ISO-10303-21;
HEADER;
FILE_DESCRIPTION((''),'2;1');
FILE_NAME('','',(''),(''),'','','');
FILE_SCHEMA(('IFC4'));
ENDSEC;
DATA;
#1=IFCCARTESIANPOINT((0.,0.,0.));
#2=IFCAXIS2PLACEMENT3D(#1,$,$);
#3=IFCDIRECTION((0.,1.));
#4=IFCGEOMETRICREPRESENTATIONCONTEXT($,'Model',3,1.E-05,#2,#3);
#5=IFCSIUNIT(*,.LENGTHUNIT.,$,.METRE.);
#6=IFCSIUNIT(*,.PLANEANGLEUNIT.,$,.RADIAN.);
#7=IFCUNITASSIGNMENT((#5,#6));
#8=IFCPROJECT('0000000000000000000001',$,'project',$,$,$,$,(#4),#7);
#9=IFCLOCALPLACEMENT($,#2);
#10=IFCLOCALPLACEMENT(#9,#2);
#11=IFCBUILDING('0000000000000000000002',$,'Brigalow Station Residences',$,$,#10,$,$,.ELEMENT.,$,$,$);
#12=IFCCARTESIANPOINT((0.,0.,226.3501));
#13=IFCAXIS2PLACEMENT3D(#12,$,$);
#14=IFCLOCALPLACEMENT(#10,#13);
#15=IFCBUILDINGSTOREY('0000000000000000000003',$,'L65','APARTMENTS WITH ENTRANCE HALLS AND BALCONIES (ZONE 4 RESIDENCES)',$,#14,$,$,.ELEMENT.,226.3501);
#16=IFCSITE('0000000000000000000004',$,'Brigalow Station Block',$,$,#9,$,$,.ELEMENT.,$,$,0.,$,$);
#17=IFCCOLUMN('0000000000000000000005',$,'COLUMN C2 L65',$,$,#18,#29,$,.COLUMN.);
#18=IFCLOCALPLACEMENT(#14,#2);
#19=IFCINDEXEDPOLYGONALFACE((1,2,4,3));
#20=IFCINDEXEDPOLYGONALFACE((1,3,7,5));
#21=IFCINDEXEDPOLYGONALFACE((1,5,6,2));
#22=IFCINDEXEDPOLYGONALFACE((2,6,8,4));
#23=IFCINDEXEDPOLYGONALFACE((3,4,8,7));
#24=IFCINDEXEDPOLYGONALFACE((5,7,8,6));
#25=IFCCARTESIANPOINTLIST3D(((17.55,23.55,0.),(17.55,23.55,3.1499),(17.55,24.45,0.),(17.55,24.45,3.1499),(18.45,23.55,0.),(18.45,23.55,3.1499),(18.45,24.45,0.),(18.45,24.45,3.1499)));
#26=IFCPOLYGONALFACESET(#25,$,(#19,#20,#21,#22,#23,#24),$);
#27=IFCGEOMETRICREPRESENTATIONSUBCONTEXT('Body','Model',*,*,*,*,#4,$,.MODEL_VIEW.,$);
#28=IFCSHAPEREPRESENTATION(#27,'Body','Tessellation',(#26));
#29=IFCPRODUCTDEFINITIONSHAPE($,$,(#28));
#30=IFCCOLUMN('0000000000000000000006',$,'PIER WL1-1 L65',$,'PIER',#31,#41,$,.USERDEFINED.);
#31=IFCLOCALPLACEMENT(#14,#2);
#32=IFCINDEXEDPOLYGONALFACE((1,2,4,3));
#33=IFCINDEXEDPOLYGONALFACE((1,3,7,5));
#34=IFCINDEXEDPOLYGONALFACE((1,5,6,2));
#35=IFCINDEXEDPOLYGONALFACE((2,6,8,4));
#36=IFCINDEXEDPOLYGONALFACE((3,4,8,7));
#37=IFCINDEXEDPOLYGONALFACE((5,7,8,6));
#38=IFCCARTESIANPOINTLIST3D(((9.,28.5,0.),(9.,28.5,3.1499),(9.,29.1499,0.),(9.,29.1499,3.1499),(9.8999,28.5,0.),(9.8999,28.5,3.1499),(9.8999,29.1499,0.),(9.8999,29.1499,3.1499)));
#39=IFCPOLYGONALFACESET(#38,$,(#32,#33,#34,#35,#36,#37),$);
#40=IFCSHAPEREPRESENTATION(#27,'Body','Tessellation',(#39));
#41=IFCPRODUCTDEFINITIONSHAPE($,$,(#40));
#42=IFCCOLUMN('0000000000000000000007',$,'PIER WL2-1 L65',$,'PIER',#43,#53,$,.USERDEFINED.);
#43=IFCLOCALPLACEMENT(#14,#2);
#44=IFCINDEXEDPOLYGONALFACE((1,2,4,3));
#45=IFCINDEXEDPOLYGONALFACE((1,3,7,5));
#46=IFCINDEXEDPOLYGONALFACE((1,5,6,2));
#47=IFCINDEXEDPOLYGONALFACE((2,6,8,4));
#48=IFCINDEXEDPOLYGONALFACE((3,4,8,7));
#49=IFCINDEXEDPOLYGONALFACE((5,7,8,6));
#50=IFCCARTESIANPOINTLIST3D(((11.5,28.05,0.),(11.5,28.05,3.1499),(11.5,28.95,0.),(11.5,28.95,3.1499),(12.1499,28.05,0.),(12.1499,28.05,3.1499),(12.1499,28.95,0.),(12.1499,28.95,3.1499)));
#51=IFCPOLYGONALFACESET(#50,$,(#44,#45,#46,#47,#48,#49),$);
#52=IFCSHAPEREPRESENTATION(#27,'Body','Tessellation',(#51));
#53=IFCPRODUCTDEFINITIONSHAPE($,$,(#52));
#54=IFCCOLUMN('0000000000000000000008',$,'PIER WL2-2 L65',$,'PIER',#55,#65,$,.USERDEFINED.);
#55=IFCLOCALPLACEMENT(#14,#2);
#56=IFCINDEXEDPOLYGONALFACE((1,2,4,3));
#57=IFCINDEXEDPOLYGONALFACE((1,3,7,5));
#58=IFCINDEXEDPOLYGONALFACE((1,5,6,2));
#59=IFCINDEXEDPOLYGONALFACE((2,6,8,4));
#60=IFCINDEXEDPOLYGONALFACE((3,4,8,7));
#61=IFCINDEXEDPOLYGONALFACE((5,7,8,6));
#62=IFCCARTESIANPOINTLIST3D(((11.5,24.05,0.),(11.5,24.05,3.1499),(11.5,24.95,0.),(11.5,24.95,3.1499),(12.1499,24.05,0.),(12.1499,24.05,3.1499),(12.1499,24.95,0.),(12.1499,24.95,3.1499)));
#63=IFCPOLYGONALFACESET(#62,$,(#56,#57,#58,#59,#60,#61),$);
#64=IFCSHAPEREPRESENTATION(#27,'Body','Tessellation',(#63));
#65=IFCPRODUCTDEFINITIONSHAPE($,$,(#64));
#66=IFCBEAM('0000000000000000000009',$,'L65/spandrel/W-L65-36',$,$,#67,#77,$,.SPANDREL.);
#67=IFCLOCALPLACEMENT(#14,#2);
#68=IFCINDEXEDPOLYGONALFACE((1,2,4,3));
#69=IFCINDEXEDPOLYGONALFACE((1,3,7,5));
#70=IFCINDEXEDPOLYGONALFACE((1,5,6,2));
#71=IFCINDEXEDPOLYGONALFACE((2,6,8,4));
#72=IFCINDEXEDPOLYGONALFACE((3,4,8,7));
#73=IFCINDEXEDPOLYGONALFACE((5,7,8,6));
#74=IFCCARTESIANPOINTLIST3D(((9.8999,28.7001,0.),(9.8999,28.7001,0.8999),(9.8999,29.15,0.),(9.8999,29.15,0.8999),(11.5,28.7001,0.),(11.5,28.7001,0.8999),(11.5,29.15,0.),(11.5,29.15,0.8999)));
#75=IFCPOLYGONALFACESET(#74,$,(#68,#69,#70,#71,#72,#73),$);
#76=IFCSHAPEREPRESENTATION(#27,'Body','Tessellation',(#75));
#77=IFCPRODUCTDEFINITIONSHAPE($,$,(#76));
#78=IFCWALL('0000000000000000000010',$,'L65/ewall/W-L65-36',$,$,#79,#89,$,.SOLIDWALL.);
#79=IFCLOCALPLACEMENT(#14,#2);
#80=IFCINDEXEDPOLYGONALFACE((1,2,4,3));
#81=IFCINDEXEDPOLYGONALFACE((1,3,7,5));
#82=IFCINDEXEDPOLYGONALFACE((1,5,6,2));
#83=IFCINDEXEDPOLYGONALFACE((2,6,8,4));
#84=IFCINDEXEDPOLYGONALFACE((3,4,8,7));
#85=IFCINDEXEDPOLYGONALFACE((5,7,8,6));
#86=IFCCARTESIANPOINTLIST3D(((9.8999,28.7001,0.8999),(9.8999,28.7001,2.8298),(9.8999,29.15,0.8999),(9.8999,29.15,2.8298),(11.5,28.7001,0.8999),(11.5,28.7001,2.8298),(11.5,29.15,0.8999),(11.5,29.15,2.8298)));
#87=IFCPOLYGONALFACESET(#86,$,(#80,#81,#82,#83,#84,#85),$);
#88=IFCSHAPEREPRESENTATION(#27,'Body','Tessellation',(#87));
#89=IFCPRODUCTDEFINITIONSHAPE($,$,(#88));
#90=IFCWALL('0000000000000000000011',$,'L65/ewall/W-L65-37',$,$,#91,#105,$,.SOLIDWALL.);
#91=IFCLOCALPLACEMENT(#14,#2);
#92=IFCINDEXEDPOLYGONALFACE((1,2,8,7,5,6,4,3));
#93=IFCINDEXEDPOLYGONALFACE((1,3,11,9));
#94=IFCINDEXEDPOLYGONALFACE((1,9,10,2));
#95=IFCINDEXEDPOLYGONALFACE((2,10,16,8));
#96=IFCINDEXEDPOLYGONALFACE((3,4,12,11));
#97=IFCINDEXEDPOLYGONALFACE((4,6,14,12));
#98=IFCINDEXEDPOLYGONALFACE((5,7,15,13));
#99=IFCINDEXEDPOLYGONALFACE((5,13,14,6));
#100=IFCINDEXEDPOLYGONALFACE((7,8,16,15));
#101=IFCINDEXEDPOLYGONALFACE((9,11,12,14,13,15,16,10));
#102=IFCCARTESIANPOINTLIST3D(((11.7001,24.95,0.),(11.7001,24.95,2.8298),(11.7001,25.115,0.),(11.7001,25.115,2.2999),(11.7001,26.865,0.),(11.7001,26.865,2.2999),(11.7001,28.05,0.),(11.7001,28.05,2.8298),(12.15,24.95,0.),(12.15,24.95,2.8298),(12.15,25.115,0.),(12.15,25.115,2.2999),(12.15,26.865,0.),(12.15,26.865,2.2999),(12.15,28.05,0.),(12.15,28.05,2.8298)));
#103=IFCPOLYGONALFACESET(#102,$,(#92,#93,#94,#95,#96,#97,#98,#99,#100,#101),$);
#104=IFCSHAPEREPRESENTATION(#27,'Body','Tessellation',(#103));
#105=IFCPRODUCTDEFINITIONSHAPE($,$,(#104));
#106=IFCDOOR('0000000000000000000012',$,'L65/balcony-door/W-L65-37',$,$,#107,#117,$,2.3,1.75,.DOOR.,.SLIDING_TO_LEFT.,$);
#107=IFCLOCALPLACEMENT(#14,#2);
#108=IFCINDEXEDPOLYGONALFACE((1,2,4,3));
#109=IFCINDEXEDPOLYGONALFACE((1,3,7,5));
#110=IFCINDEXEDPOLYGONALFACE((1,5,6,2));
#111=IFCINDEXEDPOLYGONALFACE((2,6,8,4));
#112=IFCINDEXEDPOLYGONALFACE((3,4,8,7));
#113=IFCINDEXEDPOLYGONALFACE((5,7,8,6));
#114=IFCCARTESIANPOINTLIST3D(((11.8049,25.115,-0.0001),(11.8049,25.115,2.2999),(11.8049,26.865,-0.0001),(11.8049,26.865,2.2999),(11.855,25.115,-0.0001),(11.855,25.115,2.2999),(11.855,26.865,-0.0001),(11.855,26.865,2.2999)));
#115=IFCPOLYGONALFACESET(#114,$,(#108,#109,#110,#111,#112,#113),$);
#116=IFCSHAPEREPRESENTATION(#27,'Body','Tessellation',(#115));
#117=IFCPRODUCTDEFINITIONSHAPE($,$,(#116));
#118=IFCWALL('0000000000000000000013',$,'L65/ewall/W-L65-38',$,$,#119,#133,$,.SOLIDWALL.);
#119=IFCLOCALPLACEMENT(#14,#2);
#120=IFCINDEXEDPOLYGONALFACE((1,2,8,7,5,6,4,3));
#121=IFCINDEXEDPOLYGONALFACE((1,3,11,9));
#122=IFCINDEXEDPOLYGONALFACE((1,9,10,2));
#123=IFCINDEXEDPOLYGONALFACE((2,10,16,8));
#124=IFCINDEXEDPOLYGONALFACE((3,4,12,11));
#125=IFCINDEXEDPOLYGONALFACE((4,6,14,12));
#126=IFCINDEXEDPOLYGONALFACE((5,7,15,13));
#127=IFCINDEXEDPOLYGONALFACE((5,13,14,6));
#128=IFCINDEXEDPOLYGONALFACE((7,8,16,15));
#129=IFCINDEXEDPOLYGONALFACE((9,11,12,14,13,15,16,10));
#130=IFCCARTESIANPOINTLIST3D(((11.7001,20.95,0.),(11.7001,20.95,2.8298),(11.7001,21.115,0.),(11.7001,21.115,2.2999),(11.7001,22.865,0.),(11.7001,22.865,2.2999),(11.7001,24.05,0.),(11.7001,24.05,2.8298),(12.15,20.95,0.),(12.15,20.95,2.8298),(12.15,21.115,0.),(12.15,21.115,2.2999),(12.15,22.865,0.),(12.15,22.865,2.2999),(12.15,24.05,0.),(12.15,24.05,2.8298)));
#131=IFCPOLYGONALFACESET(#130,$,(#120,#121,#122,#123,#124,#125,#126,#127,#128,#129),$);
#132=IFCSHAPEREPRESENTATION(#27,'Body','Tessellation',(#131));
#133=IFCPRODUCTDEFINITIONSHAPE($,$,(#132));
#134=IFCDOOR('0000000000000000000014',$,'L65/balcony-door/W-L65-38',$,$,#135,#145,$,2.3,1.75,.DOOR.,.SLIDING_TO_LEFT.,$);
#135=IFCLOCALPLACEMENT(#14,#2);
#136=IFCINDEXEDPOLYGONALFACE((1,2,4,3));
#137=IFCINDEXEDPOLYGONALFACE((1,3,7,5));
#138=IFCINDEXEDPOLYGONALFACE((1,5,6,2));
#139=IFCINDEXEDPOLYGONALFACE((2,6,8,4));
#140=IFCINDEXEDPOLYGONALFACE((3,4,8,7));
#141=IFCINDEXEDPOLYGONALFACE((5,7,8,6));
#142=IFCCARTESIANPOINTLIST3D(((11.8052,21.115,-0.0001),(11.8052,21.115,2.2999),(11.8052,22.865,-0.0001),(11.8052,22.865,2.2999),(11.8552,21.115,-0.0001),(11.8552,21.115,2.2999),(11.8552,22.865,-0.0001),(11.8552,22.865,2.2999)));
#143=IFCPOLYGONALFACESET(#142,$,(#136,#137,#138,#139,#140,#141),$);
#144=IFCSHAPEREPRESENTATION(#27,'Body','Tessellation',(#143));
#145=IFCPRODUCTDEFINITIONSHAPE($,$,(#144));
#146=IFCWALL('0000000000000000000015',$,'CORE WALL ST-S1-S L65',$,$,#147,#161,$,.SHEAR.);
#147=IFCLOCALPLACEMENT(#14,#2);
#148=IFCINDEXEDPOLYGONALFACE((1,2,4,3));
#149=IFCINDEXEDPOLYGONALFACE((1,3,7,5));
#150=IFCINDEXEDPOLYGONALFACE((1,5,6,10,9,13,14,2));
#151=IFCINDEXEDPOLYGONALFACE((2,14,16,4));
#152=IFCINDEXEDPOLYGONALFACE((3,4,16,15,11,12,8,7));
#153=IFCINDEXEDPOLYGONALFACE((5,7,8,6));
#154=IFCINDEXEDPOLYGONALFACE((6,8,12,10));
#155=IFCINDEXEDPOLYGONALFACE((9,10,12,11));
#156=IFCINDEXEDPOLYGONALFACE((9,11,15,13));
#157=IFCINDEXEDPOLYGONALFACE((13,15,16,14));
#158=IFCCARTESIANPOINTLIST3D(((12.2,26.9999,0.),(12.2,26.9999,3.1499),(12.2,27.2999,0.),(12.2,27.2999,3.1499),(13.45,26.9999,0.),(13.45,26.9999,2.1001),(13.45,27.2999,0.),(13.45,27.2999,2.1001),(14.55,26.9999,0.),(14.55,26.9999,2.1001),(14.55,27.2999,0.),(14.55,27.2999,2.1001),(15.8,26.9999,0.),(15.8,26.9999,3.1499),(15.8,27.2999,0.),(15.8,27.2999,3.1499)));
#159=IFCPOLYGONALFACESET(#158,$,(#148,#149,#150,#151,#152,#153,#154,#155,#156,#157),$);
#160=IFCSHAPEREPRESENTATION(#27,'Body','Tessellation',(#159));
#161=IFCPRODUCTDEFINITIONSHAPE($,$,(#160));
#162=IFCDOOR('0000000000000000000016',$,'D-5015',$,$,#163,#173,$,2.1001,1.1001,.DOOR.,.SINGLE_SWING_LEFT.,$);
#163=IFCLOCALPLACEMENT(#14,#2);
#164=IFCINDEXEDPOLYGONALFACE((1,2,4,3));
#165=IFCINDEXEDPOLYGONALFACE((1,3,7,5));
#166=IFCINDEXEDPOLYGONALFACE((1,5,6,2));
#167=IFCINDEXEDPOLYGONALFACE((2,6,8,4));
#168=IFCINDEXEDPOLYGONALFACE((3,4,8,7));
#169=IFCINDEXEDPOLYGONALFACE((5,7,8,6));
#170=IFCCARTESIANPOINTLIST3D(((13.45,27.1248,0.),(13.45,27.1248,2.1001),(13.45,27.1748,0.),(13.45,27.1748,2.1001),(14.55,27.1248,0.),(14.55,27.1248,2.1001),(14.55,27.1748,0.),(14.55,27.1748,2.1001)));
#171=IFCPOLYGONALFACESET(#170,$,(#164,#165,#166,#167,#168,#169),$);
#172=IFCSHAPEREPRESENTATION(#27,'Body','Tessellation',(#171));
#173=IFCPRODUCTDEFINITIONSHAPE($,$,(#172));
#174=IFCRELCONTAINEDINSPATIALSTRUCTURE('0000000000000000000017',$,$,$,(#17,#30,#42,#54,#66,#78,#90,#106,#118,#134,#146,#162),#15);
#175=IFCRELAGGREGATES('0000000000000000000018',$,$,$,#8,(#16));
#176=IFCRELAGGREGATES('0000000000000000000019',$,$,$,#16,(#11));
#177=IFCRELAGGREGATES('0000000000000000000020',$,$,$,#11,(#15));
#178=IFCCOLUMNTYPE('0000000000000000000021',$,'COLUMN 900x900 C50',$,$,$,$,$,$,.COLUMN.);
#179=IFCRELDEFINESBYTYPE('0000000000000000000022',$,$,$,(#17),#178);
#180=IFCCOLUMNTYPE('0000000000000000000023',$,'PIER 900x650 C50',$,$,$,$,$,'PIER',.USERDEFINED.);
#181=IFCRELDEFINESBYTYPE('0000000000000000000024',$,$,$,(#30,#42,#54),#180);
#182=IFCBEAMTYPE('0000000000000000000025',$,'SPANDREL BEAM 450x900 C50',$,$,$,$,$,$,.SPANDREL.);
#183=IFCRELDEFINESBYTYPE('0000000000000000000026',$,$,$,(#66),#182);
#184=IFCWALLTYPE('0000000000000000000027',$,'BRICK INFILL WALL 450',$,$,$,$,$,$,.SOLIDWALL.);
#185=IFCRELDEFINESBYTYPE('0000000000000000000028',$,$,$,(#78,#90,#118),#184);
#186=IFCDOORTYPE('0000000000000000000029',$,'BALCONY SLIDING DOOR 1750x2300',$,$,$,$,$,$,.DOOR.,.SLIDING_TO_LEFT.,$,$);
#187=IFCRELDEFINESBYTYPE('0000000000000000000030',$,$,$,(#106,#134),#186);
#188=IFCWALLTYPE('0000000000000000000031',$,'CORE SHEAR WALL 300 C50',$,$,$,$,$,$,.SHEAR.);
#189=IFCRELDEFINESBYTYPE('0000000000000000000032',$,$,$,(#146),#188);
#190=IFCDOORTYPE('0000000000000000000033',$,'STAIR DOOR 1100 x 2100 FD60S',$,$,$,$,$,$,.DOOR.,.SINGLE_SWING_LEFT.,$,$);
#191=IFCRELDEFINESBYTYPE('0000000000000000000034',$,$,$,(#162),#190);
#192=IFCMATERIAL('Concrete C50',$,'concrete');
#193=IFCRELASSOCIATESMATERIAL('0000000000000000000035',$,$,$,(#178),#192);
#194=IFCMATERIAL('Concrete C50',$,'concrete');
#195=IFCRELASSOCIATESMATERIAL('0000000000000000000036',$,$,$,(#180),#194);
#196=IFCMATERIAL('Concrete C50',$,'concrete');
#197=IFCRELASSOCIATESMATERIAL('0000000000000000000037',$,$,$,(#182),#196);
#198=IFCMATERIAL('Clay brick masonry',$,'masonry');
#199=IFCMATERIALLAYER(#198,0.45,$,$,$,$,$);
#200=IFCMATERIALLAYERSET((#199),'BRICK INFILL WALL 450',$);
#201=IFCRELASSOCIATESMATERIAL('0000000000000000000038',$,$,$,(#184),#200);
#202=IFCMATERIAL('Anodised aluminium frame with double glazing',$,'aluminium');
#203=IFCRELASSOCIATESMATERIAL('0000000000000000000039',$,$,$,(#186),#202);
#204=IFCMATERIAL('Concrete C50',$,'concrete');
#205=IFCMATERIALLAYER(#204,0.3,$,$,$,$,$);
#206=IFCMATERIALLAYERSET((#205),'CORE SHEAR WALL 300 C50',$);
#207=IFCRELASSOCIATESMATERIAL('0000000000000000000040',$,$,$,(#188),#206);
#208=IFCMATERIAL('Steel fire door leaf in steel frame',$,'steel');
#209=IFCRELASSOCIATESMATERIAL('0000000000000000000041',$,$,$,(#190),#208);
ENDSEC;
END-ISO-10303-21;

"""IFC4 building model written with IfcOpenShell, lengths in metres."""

from ifc_helpers import new_model, si_unit, direction, frame, frame_2d, origin, origin_2d, place, context, subcontext, project, spatial, rectangle, extrude, material, layer, layer_set, material_profile, profile_set, type_object, element, fill, save


model = new_model("IFC4")

# Units and contexts
model_context = context("Model", 3, precision=1e-05, world=origin(), true_north=direction((0.0, 1.0)))
body_context = subcontext(model_context, "Body", "Model", "MODEL_VIEW")
ifc_project = project(units=[si_unit("LENGTHUNIT", "METRE"), si_unit("PLANEANGLEUNIT", "RADIAN")], contexts=[model_context])

# Site, building, storey
site_placement = place(None, origin())
site = spatial("IfcSite", under=ifc_project, at=site_placement, Name="Brigalow Station Block", CompositionType="ELEMENT", RefElevation=0.0)
building_placement = place(site_placement, origin())
building = spatial("IfcBuilding", under=site, at=building_placement, Name="Brigalow Station Residences", CompositionType="ELEMENT")
storey_placement = place(building_placement, frame((0.0, 0.0, 226.3501)))
storey = spatial("IfcBuildingStorey", under=building, at=storey_placement, Name="L65", Description="APARTMENTS WITH ENTRANCE HALLS AND BALCONIES (ZONE 4 RESIDENCES)", CompositionType="ELEMENT", Elevation=226.3501)

# Columns
ifc_material_1 = material(Name="Concrete C50", Category="concrete")
ifc_material_profile_1 = material_profile(ifc_material_1, rectangle(XDim=0.8999, YDim=0.8999, at=origin_2d()), Name="RC900x900")
ifc_profile_set_1 = profile_set([ifc_material_profile_1], Name="Concrete C50")
column_type_1 = type_object("IfcColumnType", Name="COLUMN 900x900 C50", PredefinedType="COLUMN", material=ifc_profile_set_1)
column_placement = place(storey_placement, frame((18.0, 24.0, 0.0), z_axis=(0.0, 0.0, 1.0), x_axis=(1.0, 0.0, 0.0)))
element("IfcColumn", 1, at=column_placement, inside=storey, type_object=column_type_1, Name="COLUMN C2 L65", PredefinedType="COLUMN", context=body_context, shape_type="SweptSolid", body=[
    extrude(rectangle(XDim=0.8999, YDim=0.8999, at=origin_2d()), origin(), (0.0, 0.0, 1.0), 3.1499),
])
ifc_material_2 = material(Name="Concrete C50", Category="concrete")
ifc_material_profile_2 = material_profile(ifc_material_2, rectangle(XDim=0.8999, YDim=0.6499, at=origin_2d()), Name="RC900x650")
ifc_profile_set_2 = profile_set([ifc_material_profile_2], Name="Concrete C50")
column_type_2 = type_object("IfcColumnType", Name="PIER 900x650 C50", ElementType="PIER", PredefinedType="USERDEFINED", material=ifc_profile_set_2)
for number, where, z_axis, x_axis, name in (
    (2, (9.45, 28.825, 0.0), (0.0, 0.0, 1.0), (1.0, 0.0, 0.0), "PIER WL1-1 L65"),
    (3, (11.825, 28.5, 0.0), (0.0, 0.0, 1.0), (0.0, -1.0, 0.0), "PIER WL2-1 L65"),
    (4, (11.825, 24.5, 0.0), (0.0, 0.0, 1.0), (0.0, -1.0, 0.0), "PIER WL2-2 L65"),
):
    element("IfcColumn", number, at=place(storey_placement, frame(where, z_axis=z_axis, x_axis=x_axis)), inside=storey, type_object=column_type_2, Name=name, ObjectType="PIER", PredefinedType="USERDEFINED", context=body_context, shape_type="SweptSolid", body=[
        extrude(rectangle(XDim=0.8999, YDim=0.6499, at=origin_2d()), origin(), (0.0, 0.0, 1.0), 3.1499),
    ])

# Beam
ifc_material_3 = material(Name="Concrete C50", Category="concrete")
ifc_material_profile_3 = material_profile(ifc_material_3, rectangle(XDim=0.45, YDim=0.8999, at=origin_2d()), Name="RC450x900")
ifc_profile_set_3 = profile_set([ifc_material_profile_3], Name="Concrete C50")
beam_type = type_object("IfcBeamType", Name="SPANDREL BEAM 450x900 C50", PredefinedType="SPANDREL", material=ifc_profile_set_3)
beam_placement = place(storey_placement, frame((9.8999, 28.925, 0.45), z_axis=(1.0, 0.0, 0.0), x_axis=(0.0, 1.0, 0.0)))
element("IfcBeam", 5, at=beam_placement, inside=storey, type_object=beam_type, Name="L65/spandrel/W-L65-36", PredefinedType="SPANDREL", context=body_context, shape_type="SweptSolid", body=[
    extrude(rectangle(XDim=0.45, YDim=0.8999, at=origin_2d()), origin(), (0.0, 0.0, 1.0), 1.6001),
])

# Wall
ifc_material_4 = material(Name="Clay brick masonry", Category="masonry")
ifc_layer_1 = layer(ifc_material_4, 0.45)
ifc_layer_set_1 = layer_set([ifc_layer_1], Name="BRICK INFILL WALL 450")
wall_type_1 = type_object("IfcWallType", Name="BRICK INFILL WALL 450", PredefinedType="SOLIDWALL", material=ifc_layer_set_1)
wall_1_placement = place(storey_placement, frame((9.8999, 28.925, 0.8999), z_axis=(0.0, 0.0, 1.0), x_axis=(1.0, 0.0, 0.0)))
element("IfcWall", 6, at=wall_1_placement, inside=storey, type_object=wall_type_1, Name="L65/ewall/W-L65-36", PredefinedType="SOLIDWALL", context=body_context, shape_type="SweptSolid", body=[
    extrude(rectangle(XDim=1.6001, YDim=0.45, at=frame_2d((0.8, 0.0))), origin(), (0.0, 0.0, 1.0), 1.9299),
])

# Walls, openings, doors
wall_2_placement = place(storey_placement, frame((11.925, 28.05, 0.0), z_axis=(0.0, 0.0, 1.0), x_axis=(0.0, -1.0, 0.0)))
wall_2 = element("IfcWall", 7, at=wall_2_placement, inside=storey, type_object=wall_type_1, Name="L65/ewall/W-L65-37", PredefinedType="SOLIDWALL", context=body_context, shape_type="SweptSolid", body=[
    extrude(rectangle(XDim=3.1001, YDim=0.45, at=frame_2d((1.55, 0.0))), origin(), (0.0, 0.0, 1.0), 2.8298),
])
opening_1_placement = place(wall_2_placement, frame((1.1851, 0.0, 0.0)))
opening_1 = element("IfcOpeningElement", 8, at=opening_1_placement, cuts=wall_2, PredefinedType="OPENING", context=body_context, shape_type="SweptSolid", body=[
    extrude(rectangle(XDim=1.75, YDim=2.3, at=frame_2d((0.875, 1.1499))), frame((0.0, 0.2349, 0.0), z_axis=(0.0, -1.0, 0.0), x_axis=(1.0, 0.0, 0.0)), (0.0, 0.0, 1.0), 0.47),
])
ifc_material_5 = material(Name="Anodised aluminium frame with double glazing", Category="aluminium")
door_type_1 = type_object("IfcDoorType", Name="BALCONY SLIDING DOOR 1750x2300", OperationType="SLIDING_TO_LEFT", PredefinedType="DOOR", material=ifc_material_5)
door_1_placement = place(opening_1_placement, frame((1.75, -0.1899, 0.0), z_axis=(0.0, 0.0, 1.0), x_axis=(-1.0, 0.0, 0.0)))
door_1 = element("IfcDoor", 9, at=door_1_placement, inside=storey, type_object=door_type_1, Name="L65/balcony-door/W-L65-37", OperationType="SLIDING_TO_LEFT", OverallHeight=2.3, OverallWidth=1.75, PredefinedType="DOOR", context=body_context, shape_type="SweptSolid", body=[
    extrude(rectangle(XDim=1.75, YDim=2.3, at=frame_2d((0.875, 1.1499))), frame((0.0, -0.0698, 0.0), z_axis=(0.0, -1.0, 0.0), x_axis=(1.0, 0.0, 0.0)), (0.0, 0.0, 1.0), 0.05),
])
fill(opening_1, door_1)
wall_3_placement = place(storey_placement, frame((11.925, 24.05, 0.0), z_axis=(0.0, 0.0, 1.0), x_axis=(0.0, -1.0, 0.0)))
wall_3 = element("IfcWall", 10, at=wall_3_placement, inside=storey, type_object=wall_type_1, Name="L65/ewall/W-L65-38", PredefinedType="SOLIDWALL", context=body_context, shape_type="SweptSolid", body=[
    extrude(rectangle(XDim=3.1001, YDim=0.45, at=frame_2d((1.55, 0.0))), origin(), (0.0, 0.0, 1.0), 2.8298),
])
opening_2_placement = place(wall_3_placement, frame((1.1851, 0.0, 0.0)))
opening_2 = element("IfcOpeningElement", 11, at=opening_2_placement, cuts=wall_3, PredefinedType="OPENING", context=body_context, shape_type="SweptSolid", body=[
    extrude(rectangle(XDim=1.75, YDim=2.3, at=frame_2d((0.875, 1.1499))), frame((0.0, 0.2349, 0.0), z_axis=(0.0, -1.0, 0.0), x_axis=(1.0, 0.0, 0.0)), (0.0, 0.0, 1.0), 0.47),
])
door_2_placement = place(opening_2_placement, origin())
door_2 = element("IfcDoor", 12, at=door_2_placement, inside=storey, type_object=door_type_1, Name="L65/balcony-door/W-L65-38", OperationType="SLIDING_TO_LEFT", OverallHeight=2.3, OverallWidth=1.75, PredefinedType="DOOR", context=body_context, shape_type="SweptSolid", body=[
    extrude(rectangle(XDim=1.75, YDim=2.3, at=frame_2d((0.875, 1.1499))), frame((0.0, -0.0698, 0.0), z_axis=(0.0, -1.0, 0.0), x_axis=(1.0, 0.0, 0.0)), (0.0, 0.0, 1.0), 0.05),
])
fill(opening_2, door_2)
ifc_material_6 = material(Name="Concrete C50", Category="concrete")
ifc_layer_2 = layer(ifc_material_6, 0.3)
ifc_layer_set_2 = layer_set([ifc_layer_2], Name="CORE SHEAR WALL 300 C50")
wall_type_2 = type_object("IfcWallType", Name="CORE SHEAR WALL 300 C50", PredefinedType="SHEAR", material=ifc_layer_set_2)
wall_4_placement = place(storey_placement, frame((12.2, 27.1499, 0.0), z_axis=(0.0, 0.0, 1.0), x_axis=(1.0, 0.0, 0.0)))
wall_4 = element("IfcWall", 13, at=wall_4_placement, inside=storey, type_object=wall_type_2, Name="CORE WALL ST-S1-S L65", PredefinedType="SHEAR", context=body_context, shape_type="SweptSolid", body=[
    extrude(rectangle(XDim=3.6001, YDim=0.3, at=frame_2d((1.8, 0.0))), origin(), (0.0, 0.0, 1.0), 3.1499),
])
opening_3_placement = place(wall_4_placement, frame((1.25, 0.0, 0.0)))
opening_3 = element("IfcOpeningElement", 14, at=opening_3_placement, cuts=wall_4, PredefinedType="OPENING", context=body_context, shape_type="SweptSolid", body=[
    extrude(rectangle(XDim=1.1001, YDim=2.1001, at=frame_2d((0.55, 1.05))), frame((0.0, 0.1602, 0.0), z_axis=(0.0, -1.0, 0.0), x_axis=(1.0, 0.0, 0.0)), (0.0, 0.0, 1.0), 0.3201),
])
ifc_material_7 = material(Name="Steel fire door leaf in steel frame", Category="steel")
door_type_2 = type_object("IfcDoorType", Name="STAIR DOOR 1100 x 2100 FD60S", OperationType="SINGLE_SWING_LEFT", PredefinedType="DOOR", material=ifc_material_7)
door_3_placement = place(opening_3_placement, origin())
door_3 = element("IfcDoor", 15, at=door_3_placement, inside=storey, type_object=door_type_2, Name="D-5015", OperationType="SINGLE_SWING_LEFT", OverallHeight=2.1001, OverallWidth=1.1001, PredefinedType="DOOR", context=body_context, shape_type="SweptSolid", body=[
    extrude(rectangle(XDim=1.1001, YDim=2.1001, at=frame_2d((0.55, 1.05))), frame((0.0, 0.0249, 0.0), z_axis=(0.0, -1.0, 0.0), x_axis=(1.0, 0.0, 0.0)), (0.0, 0.0, 1.0), 0.05),
])
fill(opening_3, door_3)

save(model, "model.ifc")
